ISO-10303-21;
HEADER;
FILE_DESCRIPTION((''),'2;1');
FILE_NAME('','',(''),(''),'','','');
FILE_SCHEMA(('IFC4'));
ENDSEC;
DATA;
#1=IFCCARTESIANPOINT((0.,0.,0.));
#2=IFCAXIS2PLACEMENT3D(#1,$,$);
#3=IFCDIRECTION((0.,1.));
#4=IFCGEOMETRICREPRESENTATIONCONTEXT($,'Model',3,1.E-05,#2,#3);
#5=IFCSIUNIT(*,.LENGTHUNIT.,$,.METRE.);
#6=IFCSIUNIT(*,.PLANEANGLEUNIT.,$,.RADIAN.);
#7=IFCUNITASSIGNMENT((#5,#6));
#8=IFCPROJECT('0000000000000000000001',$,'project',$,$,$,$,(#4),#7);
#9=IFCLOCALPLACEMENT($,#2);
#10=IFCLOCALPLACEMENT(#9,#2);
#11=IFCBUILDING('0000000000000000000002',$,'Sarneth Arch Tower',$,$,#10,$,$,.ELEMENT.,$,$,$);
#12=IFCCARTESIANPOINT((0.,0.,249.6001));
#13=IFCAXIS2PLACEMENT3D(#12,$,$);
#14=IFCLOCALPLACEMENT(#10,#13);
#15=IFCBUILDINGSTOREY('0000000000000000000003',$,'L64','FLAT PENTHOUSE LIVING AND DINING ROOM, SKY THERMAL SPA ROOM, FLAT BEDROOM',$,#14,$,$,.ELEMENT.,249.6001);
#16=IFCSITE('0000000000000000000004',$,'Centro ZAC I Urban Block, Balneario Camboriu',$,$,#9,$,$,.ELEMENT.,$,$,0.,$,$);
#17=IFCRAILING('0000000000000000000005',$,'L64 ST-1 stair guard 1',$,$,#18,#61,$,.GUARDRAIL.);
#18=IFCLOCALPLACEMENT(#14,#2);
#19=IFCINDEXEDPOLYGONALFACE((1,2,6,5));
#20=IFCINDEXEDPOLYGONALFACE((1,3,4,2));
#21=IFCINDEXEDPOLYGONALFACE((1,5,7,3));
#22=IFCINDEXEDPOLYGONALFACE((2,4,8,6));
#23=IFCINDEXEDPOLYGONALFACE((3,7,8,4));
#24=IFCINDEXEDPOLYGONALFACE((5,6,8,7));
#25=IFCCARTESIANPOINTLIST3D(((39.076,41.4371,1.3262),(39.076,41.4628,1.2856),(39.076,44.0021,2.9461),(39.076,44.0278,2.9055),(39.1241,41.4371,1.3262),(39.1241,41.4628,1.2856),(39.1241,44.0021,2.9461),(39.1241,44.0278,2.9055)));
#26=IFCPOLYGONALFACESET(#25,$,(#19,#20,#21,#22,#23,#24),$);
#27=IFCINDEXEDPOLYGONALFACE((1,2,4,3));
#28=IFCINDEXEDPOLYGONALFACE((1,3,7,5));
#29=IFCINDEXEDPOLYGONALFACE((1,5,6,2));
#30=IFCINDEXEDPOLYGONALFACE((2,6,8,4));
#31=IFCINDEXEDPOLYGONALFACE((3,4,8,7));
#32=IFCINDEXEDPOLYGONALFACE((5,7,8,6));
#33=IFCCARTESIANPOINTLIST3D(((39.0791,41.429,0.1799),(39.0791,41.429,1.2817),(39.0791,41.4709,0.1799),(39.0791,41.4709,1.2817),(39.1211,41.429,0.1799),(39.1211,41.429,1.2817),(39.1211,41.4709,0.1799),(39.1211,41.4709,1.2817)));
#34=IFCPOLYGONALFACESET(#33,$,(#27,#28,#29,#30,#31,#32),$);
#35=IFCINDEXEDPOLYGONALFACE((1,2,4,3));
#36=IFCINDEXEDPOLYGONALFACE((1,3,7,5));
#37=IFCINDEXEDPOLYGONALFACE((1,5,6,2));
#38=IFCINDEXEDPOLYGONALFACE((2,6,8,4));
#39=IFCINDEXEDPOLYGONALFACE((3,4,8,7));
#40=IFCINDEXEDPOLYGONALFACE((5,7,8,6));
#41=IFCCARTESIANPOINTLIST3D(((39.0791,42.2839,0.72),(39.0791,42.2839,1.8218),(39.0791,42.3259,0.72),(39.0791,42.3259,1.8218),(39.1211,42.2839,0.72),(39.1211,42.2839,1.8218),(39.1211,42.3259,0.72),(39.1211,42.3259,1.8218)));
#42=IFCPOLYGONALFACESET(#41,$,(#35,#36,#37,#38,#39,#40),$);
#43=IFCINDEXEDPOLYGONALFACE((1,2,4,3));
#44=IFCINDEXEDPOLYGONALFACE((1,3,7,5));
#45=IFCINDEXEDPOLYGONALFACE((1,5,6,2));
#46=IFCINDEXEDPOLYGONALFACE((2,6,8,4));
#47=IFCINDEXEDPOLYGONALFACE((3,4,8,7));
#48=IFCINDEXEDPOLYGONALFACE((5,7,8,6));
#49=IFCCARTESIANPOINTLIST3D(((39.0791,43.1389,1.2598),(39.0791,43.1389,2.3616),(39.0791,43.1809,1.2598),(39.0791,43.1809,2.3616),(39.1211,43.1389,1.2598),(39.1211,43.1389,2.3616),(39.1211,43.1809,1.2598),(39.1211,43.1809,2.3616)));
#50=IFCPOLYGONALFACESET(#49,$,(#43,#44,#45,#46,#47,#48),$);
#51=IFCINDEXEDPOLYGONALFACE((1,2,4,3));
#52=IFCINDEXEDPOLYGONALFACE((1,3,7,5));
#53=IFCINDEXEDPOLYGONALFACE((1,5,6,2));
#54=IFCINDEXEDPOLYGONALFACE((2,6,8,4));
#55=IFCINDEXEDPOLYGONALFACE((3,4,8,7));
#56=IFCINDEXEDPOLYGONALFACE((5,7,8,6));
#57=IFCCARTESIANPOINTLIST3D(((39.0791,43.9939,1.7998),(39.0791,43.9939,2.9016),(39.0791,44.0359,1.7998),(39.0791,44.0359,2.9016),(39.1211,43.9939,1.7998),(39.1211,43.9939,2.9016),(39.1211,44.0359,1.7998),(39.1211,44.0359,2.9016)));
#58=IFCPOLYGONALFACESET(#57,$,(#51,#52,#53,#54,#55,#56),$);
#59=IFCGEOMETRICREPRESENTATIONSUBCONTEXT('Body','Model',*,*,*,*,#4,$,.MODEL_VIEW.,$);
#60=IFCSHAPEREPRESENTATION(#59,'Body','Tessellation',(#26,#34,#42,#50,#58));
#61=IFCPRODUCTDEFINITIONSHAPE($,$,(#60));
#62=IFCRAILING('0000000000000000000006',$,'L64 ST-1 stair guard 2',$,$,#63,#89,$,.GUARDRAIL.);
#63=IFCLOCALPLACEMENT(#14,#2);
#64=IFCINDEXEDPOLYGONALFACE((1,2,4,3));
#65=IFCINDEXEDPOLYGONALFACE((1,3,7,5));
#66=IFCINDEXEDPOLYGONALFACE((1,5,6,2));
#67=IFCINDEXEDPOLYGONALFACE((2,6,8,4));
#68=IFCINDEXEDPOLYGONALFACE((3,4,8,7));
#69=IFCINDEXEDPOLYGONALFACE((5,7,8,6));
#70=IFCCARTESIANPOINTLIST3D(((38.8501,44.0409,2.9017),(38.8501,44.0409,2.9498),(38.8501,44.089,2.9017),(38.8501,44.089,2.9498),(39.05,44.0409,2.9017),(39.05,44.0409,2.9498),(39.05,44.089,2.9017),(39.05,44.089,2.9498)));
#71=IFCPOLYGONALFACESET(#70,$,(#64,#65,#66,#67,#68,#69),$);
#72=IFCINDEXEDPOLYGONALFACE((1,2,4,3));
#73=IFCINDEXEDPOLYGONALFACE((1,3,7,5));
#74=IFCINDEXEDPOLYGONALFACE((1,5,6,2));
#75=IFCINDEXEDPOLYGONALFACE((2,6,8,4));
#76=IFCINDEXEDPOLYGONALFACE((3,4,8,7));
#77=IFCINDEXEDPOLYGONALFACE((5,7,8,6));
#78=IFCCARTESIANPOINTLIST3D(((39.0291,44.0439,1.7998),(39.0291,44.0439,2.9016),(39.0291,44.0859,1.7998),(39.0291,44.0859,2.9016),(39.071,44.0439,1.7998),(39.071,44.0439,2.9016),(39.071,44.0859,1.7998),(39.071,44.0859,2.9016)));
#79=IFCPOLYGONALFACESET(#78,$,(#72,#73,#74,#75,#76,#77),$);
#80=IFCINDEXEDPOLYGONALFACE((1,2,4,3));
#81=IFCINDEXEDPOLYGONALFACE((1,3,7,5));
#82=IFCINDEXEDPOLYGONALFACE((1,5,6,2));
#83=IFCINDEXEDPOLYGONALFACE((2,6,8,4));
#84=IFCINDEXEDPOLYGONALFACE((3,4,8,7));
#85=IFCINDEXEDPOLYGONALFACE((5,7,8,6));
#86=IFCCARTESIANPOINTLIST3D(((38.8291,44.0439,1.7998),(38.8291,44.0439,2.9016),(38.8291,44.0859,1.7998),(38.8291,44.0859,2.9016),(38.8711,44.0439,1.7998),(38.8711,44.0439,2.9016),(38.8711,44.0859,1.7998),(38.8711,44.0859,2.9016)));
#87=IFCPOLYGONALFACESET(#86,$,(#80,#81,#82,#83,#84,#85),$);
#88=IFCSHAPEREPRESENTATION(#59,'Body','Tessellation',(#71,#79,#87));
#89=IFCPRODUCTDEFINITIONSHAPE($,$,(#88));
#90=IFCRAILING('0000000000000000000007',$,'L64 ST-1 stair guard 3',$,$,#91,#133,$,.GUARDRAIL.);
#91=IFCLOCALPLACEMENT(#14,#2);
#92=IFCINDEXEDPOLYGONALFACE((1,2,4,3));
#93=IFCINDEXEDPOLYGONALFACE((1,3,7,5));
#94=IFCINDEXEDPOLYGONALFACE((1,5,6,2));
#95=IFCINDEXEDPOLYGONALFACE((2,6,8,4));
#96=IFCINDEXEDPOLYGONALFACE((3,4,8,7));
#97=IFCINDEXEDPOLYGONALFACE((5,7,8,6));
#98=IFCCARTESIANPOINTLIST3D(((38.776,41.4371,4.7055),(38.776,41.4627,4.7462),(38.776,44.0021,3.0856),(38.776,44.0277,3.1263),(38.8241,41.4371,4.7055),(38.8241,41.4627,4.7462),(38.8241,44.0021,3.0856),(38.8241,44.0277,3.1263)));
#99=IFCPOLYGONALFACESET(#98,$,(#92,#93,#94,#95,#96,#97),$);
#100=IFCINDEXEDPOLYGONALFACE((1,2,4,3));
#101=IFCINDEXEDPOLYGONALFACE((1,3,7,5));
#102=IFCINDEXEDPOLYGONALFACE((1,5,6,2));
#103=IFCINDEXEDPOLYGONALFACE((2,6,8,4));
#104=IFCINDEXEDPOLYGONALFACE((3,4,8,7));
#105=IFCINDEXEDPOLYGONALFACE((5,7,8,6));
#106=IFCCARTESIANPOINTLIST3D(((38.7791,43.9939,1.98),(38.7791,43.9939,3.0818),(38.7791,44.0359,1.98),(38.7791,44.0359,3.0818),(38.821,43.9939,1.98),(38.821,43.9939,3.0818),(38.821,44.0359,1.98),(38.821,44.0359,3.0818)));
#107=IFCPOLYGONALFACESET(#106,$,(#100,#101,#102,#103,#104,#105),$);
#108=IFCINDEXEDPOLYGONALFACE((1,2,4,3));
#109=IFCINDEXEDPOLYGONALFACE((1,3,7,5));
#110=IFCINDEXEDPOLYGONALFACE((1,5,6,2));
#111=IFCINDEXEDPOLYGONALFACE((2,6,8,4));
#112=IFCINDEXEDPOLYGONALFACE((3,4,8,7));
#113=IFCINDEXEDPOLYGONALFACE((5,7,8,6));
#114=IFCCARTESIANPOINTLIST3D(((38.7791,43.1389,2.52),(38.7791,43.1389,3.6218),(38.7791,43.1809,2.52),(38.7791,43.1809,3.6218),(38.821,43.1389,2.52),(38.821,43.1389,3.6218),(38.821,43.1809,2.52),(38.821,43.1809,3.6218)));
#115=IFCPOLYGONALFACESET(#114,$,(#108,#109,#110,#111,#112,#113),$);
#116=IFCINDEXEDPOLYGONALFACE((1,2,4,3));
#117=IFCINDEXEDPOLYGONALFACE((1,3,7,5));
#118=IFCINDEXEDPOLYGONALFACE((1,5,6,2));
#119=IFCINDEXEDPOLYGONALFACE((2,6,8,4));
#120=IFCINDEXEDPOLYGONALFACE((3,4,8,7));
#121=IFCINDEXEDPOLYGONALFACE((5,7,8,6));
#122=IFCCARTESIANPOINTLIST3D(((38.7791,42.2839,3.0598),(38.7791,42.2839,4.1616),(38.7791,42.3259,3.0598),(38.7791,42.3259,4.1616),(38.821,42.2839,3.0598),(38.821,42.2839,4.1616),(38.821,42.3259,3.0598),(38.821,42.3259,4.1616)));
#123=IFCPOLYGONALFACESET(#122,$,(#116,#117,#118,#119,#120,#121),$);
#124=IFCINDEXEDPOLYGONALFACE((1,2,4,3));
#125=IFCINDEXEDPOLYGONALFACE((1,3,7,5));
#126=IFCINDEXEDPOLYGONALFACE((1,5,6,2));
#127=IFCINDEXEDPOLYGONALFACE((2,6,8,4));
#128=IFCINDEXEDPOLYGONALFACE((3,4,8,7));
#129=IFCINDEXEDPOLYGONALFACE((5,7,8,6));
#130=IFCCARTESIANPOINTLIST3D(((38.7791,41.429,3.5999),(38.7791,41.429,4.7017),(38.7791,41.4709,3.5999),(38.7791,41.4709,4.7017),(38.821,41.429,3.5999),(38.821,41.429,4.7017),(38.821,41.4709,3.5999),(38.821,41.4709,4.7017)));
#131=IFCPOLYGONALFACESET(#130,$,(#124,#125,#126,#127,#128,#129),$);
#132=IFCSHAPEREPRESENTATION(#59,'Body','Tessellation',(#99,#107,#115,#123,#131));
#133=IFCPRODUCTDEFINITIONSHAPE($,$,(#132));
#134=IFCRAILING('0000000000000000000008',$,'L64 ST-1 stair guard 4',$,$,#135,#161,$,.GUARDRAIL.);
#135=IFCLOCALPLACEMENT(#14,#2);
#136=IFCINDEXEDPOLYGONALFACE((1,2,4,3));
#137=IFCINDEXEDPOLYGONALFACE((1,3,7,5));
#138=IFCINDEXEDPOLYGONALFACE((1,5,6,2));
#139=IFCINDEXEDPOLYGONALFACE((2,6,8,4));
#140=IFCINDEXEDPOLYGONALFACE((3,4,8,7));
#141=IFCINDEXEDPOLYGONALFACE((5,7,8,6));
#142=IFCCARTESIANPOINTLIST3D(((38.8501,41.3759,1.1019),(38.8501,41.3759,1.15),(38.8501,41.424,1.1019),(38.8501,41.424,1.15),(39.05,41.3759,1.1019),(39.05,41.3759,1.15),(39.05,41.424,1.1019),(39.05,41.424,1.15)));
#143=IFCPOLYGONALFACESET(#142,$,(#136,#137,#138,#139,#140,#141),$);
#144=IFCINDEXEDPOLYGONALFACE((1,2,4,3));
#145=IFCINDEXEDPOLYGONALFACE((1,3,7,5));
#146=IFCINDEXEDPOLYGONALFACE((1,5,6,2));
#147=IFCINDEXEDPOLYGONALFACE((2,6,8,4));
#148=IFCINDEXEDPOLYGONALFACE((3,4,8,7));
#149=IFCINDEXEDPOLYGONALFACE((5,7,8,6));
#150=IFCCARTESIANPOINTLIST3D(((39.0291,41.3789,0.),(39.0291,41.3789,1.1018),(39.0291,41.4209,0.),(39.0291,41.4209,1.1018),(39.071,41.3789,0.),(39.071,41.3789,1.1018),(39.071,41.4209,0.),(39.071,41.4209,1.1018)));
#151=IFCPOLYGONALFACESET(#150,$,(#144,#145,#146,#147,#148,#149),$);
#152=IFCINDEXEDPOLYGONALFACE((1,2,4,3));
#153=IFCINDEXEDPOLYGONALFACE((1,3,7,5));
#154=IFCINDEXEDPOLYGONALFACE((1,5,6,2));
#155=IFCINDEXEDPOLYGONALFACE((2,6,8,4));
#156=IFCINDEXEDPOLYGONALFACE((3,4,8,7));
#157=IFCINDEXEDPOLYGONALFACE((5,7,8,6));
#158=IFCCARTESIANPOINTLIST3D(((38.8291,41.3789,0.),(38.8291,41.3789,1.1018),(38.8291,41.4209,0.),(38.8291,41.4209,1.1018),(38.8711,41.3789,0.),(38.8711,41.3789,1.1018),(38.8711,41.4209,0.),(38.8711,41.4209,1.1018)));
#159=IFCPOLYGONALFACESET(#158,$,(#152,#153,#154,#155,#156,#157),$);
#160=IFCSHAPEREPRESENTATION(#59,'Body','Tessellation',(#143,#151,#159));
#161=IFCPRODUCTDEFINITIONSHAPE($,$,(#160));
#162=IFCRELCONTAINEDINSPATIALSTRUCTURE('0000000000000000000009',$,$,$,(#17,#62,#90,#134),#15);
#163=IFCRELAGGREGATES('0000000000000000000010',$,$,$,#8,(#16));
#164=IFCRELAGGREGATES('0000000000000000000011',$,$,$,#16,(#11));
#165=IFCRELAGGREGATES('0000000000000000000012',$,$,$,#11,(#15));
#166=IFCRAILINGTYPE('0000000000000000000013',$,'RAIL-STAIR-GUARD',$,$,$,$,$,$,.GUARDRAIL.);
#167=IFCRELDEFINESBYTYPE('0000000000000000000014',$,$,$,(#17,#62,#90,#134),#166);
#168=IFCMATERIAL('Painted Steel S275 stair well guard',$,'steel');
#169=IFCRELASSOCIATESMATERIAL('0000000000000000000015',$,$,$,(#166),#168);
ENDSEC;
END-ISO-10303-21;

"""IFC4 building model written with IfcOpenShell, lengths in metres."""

from ifc_helpers import new_model, si_unit, direction, frame, origin, origin_2d, place, context, subcontext, project, spatial, rectangle, extrude, material, type_object, element, save


model = new_model("IFC4")

# Units and contexts
model_context = context("Model", 3, precision=1e-05, world=origin(), true_north=direction((0.0, 1.0)))
body_context = subcontext(model_context, "Body", "Model", "MODEL_VIEW")
ifc_project = project(units=[si_unit("LENGTHUNIT", "METRE"), si_unit("PLANEANGLEUNIT", "RADIAN")], contexts=[model_context])

# Site, building, storey
site_placement = place(None, origin())
site = spatial("IfcSite", under=ifc_project, at=site_placement, Name="Centro ZAC I Urban Block, Balneario Camboriu", CompositionType="ELEMENT", RefElevation=0.0)
building_placement = place(site_placement, origin())
building = spatial("IfcBuilding", under=site, at=building_placement, Name="Sarneth Arch Tower", CompositionType="ELEMENT")
storey_placement = place(building_placement, frame((0.0, 0.0, 249.6001)))
storey = spatial("IfcBuildingStorey", under=building, at=storey_placement, Name="L64", Description="FLAT PENTHOUSE LIVING AND DINING ROOM, SKY THERMAL SPA ROOM, FLAT BEDROOM", CompositionType="ELEMENT", Elevation=249.6001)

# Railings
ifc_material_1 = material(Name="Painted Steel S275 stair well guard", Category="steel")
railing_type_1 = type_object("IfcRailingType", Name="RAIL-STAIR-GUARD", PredefinedType="GUARDRAIL", material=ifc_material_1)
railing_1_placement = place(storey_placement, frame((39.1001, 41.45, 0.1799)))
element("IfcRailing", 1, at=railing_1_placement, inside=storey, type_object=railing_type_1, Name="L64 ST-1 stair guard 1", PredefinedType="GUARDRAIL", context=body_context, shape_type="SweptSolid", body=[
    extrude(rectangle(XDim=0.0481, YDim=0.0481, at=origin_2d()), frame((0.0, 0.0, 1.126), z_axis=(0.0, 0.845502, 0.533972), x_axis=(-1.0, 0.0, 0.0)), (0.0, 0.0, 1.0), 3.0337),
    extrude(rectangle(XDim=0.042, YDim=0.042, at=origin_2d()), origin(), (0.0, 0.0, 1.0), 1.1018),
    extrude(rectangle(XDim=0.042, YDim=0.042, at=origin_2d()), frame((0.0, 0.855, 0.54)), (0.0, 0.0, 1.0), 1.1018),
    extrude(rectangle(XDim=0.042, YDim=0.042, at=origin_2d()), frame((0.0, 1.71, 1.0798)), (0.0, 0.0, 1.0), 1.1018),
    extrude(rectangle(XDim=0.042, YDim=0.042, at=origin_2d()), frame((0.0, 2.5649, 1.6199)), (0.0, 0.0, 1.0), 1.1018),
])
railing_2_placement = place(storey_placement, frame((39.05, 44.0649, 1.7998)))
element("IfcRailing", 2, at=railing_2_placement, inside=storey, type_object=railing_type_1, Name="L64 ST-1 stair guard 2", PredefinedType="GUARDRAIL", context=body_context, shape_type="SweptSolid", body=[
    extrude(rectangle(XDim=0.0481, YDim=0.0481, at=origin_2d()), frame((0.0, 0.0, 1.126), z_axis=(-1.0, 0.0, 0.0), x_axis=(0.0, -1.0, 0.0)), (0.0, 0.0, 1.0), 0.2),
    extrude(rectangle(XDim=0.042, YDim=0.042, at=origin_2d()), origin(), (0.0, 0.0, 1.0), 1.1018),
    extrude(rectangle(XDim=0.042, YDim=0.042, at=origin_2d()), frame((-0.2, 0.0, 0.0)), (0.0, 0.0, 1.0), 1.1018),
])
railing_3_placement = place(storey_placement, frame((38.8, 44.0149, 1.98)))
element("IfcRailing", 3, at=railing_3_placement, inside=storey, type_object=railing_type_1, Name="L64 ST-1 stair guard 3", PredefinedType="GUARDRAIL", context=body_context, shape_type="SweptSolid", body=[
    extrude(rectangle(XDim=0.0481, YDim=0.0481, at=origin_2d()), frame((0.0, 0.0, 1.126), z_axis=(0.0, -0.845502, 0.533972), x_axis=(1.0, 0.0, 0.0)), (0.0, 0.0, 1.0), 3.0337),
    extrude(rectangle(XDim=0.042, YDim=0.042, at=origin_2d()), origin(), (0.0, 0.0, 1.0), 1.1018),
    extrude(rectangle(XDim=0.042, YDim=0.042, at=origin_2d()), frame((0.0, -0.855, 0.54)), (0.0, 0.0, 1.0), 1.1018),
    extrude(rectangle(XDim=0.042, YDim=0.042, at=origin_2d()), frame((0.0, -1.71, 1.0798)), (0.0, 0.0, 1.0), 1.1018),
    extrude(rectangle(XDim=0.042, YDim=0.042, at=origin_2d()), frame((0.0, -2.5649, 1.6199)), (0.0, 0.0, 1.0), 1.1018),
])
railing_4_placement = place(storey_placement, frame((39.05, 41.3999, 0.0)))
element("IfcRailing", 4, at=railing_4_placement, inside=storey, type_object=railing_type_1, Name="L64 ST-1 stair guard 4", PredefinedType="GUARDRAIL", context=body_context, shape_type="SweptSolid", body=[
    extrude(rectangle(XDim=0.0481, YDim=0.0481, at=origin_2d()), frame((0.0, 0.0, 1.126), z_axis=(-1.0, 0.0, 0.0), x_axis=(0.0, -1.0, 0.0)), (0.0, 0.0, 1.0), 0.2),
    extrude(rectangle(XDim=0.042, YDim=0.042, at=origin_2d()), origin(), (0.0, 0.0, 1.0), 1.1018),
    extrude(rectangle(XDim=0.042, YDim=0.042, at=origin_2d()), frame((-0.2, 0.0, 0.0)), (0.0, 0.0, 1.0), 1.1018),
])

save(model, "model.ifc")
